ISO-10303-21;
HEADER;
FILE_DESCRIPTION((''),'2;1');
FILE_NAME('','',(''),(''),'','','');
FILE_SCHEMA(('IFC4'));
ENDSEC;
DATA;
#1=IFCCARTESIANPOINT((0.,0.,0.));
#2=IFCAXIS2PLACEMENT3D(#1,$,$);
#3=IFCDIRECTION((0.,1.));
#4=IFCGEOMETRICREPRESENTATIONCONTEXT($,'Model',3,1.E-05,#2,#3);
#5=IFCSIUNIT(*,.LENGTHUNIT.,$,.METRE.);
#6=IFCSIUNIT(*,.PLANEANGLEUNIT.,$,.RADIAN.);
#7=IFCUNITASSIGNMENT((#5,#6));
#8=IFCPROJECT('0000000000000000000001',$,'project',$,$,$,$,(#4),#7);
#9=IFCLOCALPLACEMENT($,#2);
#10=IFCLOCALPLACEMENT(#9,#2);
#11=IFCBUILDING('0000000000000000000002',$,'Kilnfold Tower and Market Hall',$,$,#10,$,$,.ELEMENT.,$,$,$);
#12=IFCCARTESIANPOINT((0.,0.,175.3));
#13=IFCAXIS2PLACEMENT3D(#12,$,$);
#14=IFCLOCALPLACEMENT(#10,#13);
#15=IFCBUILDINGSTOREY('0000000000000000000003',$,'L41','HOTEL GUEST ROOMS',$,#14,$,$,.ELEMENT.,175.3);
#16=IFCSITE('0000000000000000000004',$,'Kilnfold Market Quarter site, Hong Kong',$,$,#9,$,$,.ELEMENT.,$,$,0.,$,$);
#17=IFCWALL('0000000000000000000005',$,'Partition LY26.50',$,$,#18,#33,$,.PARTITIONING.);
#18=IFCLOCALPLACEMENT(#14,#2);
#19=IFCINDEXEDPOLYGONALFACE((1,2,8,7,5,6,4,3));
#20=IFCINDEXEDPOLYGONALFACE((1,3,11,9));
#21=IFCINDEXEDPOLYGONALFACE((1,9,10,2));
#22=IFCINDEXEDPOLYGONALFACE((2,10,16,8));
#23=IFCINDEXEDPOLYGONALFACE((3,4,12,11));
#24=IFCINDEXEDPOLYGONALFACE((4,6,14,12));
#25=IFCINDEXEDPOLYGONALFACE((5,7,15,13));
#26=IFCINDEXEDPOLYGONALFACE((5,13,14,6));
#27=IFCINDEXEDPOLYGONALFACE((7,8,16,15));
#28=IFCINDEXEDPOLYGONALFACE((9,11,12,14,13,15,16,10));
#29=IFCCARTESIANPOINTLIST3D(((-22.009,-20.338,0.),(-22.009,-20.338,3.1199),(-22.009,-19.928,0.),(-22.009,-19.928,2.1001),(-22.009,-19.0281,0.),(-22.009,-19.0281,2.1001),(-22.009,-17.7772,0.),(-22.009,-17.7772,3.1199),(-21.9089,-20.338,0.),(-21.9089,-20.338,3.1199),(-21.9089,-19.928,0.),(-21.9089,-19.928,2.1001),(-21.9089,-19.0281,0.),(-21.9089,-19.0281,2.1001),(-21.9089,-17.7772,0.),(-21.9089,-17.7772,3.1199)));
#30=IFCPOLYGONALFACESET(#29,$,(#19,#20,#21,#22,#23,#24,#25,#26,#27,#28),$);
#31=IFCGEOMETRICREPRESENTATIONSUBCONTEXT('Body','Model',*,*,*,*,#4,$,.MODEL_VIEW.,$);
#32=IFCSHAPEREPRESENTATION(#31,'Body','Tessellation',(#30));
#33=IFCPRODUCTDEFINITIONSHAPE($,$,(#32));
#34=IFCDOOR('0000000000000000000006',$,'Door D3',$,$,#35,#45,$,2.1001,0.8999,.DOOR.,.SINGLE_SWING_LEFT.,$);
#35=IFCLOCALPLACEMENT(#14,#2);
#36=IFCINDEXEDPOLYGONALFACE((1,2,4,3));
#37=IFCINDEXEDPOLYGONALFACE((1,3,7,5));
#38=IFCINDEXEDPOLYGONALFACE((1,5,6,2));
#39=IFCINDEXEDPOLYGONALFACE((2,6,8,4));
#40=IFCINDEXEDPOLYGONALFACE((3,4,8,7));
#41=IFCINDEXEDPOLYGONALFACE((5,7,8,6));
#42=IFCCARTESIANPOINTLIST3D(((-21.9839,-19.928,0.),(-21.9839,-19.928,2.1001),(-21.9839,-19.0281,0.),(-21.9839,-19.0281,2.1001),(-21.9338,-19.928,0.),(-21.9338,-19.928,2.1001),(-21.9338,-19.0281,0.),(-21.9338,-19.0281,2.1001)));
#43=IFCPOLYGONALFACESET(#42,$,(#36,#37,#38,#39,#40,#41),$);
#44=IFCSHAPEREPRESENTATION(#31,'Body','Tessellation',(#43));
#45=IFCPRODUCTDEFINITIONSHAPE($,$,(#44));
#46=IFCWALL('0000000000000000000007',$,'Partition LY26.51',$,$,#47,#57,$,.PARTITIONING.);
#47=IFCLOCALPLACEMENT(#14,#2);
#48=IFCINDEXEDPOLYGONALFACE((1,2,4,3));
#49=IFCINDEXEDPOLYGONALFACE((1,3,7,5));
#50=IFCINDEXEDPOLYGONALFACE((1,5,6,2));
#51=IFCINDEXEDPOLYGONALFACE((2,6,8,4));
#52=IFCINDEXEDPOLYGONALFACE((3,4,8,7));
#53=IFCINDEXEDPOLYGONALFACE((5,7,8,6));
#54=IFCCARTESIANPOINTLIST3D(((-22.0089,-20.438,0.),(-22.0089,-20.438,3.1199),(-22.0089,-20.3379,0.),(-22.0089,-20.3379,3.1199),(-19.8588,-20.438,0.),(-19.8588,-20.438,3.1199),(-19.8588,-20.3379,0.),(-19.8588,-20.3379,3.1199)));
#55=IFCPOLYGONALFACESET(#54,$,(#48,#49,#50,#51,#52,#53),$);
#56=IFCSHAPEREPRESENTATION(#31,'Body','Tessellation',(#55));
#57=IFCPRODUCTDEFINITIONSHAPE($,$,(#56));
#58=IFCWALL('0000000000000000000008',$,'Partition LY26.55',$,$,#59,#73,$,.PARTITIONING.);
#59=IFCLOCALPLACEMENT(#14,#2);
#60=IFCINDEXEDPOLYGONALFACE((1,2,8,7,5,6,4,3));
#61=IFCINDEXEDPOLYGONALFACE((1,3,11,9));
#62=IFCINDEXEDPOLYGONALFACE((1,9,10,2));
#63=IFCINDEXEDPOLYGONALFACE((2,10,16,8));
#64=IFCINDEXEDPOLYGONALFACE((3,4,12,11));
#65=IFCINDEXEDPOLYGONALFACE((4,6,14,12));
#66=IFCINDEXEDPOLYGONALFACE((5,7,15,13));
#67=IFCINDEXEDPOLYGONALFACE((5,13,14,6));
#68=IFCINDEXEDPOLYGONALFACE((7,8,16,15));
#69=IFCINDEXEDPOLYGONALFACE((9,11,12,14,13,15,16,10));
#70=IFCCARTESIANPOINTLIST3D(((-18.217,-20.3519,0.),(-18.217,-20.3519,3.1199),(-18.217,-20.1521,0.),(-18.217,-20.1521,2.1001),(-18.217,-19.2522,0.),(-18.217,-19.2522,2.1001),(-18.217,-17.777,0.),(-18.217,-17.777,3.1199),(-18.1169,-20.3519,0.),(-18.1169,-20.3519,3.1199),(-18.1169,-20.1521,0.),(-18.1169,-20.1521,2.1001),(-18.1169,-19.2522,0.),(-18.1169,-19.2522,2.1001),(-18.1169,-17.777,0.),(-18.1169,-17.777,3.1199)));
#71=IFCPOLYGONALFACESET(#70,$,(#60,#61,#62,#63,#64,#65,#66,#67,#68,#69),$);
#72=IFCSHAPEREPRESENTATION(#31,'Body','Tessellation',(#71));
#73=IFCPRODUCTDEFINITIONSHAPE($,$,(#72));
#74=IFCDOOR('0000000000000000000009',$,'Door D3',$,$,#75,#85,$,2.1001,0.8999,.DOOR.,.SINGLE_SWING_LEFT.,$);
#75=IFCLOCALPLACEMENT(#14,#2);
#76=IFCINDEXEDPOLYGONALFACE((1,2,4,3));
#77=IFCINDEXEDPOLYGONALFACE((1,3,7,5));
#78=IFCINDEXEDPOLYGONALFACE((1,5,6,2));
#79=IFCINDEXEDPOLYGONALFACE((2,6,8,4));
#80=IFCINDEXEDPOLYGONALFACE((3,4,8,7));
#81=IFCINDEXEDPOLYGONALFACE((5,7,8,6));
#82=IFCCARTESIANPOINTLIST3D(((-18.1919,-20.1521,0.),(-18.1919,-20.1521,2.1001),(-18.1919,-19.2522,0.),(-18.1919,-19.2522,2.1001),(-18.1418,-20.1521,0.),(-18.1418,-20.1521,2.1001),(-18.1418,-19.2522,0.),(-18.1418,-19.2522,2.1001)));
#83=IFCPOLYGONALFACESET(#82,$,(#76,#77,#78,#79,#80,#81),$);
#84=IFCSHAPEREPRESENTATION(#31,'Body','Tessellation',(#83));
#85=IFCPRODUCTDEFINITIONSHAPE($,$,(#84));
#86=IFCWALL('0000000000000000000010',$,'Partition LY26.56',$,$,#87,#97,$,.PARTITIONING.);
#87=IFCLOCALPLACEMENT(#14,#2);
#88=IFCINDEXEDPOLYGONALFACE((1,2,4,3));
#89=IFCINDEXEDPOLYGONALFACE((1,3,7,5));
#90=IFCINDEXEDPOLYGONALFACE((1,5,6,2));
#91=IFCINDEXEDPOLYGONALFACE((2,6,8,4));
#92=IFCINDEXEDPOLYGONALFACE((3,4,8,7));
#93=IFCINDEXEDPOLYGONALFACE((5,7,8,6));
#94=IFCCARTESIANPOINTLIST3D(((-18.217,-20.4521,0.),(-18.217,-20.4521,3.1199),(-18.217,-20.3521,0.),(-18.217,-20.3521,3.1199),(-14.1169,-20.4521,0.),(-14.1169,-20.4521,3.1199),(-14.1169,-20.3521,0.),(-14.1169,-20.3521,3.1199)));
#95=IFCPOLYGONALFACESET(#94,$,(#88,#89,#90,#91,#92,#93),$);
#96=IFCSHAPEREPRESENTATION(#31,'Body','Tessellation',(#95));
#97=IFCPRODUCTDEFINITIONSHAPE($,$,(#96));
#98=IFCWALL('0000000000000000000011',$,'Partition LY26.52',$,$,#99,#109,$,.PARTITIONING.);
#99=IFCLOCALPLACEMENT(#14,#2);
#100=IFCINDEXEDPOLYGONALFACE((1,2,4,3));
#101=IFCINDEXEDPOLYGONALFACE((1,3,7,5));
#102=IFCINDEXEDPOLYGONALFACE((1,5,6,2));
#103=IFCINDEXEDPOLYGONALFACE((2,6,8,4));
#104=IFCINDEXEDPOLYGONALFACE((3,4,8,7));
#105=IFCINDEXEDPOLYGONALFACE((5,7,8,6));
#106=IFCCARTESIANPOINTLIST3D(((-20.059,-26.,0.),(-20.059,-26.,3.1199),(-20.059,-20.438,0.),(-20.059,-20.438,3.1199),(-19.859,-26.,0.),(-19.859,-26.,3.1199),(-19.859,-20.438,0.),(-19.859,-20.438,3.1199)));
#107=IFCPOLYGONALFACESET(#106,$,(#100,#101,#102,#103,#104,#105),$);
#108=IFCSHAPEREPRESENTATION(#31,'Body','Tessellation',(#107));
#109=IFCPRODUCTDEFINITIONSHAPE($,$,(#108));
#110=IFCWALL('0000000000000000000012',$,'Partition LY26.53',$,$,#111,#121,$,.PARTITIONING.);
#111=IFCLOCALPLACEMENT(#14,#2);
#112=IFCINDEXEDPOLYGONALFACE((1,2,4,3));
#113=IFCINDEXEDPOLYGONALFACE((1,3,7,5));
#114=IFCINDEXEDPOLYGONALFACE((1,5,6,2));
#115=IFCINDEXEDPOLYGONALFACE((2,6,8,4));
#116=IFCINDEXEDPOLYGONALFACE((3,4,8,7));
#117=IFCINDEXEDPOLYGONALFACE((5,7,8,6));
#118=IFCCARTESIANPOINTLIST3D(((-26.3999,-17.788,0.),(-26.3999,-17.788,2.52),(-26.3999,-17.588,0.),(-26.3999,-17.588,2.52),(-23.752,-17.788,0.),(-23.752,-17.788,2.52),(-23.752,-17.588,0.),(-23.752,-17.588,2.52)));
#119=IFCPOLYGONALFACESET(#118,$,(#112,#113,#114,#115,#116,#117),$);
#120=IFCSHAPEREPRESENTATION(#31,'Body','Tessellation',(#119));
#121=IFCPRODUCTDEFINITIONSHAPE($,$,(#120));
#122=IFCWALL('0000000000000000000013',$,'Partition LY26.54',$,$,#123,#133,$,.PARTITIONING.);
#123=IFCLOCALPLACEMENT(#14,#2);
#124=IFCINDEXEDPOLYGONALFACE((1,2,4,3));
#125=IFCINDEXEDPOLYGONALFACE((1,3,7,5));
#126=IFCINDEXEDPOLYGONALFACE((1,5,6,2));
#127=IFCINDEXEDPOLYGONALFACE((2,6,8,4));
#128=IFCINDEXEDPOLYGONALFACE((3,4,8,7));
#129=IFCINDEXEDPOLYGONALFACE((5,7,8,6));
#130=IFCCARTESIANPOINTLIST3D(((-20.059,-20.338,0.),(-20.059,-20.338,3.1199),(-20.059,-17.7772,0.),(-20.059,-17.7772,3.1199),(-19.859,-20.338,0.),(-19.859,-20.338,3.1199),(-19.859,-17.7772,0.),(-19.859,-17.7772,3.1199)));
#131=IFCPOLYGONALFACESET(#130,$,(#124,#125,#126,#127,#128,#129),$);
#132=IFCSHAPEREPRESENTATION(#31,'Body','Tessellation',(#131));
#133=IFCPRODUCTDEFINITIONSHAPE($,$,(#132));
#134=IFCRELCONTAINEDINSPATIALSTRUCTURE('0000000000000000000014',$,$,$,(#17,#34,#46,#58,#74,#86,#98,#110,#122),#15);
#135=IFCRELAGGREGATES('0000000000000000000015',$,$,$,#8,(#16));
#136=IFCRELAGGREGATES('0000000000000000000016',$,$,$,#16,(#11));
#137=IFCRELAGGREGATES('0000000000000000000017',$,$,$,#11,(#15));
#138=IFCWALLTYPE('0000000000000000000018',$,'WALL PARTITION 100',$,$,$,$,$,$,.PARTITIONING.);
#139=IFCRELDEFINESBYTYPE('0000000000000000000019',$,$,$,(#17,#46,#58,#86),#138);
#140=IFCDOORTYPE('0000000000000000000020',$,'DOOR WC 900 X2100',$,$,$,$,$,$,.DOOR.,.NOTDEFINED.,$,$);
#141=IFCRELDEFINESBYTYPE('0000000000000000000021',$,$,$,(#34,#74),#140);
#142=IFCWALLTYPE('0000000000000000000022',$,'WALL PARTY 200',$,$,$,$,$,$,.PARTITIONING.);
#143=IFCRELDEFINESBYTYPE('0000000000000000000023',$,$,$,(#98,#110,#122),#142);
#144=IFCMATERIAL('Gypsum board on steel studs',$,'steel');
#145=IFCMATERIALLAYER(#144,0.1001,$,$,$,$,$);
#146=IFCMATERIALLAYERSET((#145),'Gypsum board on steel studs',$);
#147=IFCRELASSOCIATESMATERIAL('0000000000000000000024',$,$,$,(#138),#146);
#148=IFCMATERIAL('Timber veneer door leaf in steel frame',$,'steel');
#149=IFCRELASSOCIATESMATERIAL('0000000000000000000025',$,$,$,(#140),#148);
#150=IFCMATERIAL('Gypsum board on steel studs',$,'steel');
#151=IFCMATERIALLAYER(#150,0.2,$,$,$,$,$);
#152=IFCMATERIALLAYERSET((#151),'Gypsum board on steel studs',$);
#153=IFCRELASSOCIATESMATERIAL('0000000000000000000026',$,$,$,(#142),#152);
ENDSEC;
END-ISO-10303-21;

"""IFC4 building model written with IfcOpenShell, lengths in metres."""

from ifc_helpers import new_model, si_unit, direction, frame, frame_2d, origin, place, context, subcontext, project, spatial, rectangle, extrude, material, layer, layer_set, type_object, element, fill, save


model = new_model("IFC4")

# Units and contexts
model_context = context("Model", 3, precision=1e-05, world=origin(), true_north=direction((0.0, 1.0)))
body_context = subcontext(model_context, "Body", "Model", "MODEL_VIEW")
ifc_project = project(units=[si_unit("LENGTHUNIT", "METRE"), si_unit("PLANEANGLEUNIT", "RADIAN")], contexts=[model_context])

# Site, building, storey
site_placement = place(None, origin())
site = spatial("IfcSite", under=ifc_project, at=site_placement, Name="Kilnfold Market Quarter site, Hong Kong", CompositionType="ELEMENT", RefElevation=0.0)
building_placement = place(site_placement, origin())
building = spatial("IfcBuilding", under=site, at=building_placement, Name="Kilnfold Tower and Market Hall", CompositionType="ELEMENT")
storey_placement = place(building_placement, frame((0.0, 0.0, 175.3)))
storey = spatial("IfcBuildingStorey", under=building, at=storey_placement, Name="L41", Description="HOTEL GUEST ROOMS", CompositionType="ELEMENT", Elevation=175.3)

# Wall, opening, door
ifc_material_1 = material(Name="Gypsum board on steel studs", Category="steel")
ifc_layer_1 = layer(ifc_material_1, 0.1001)
ifc_layer_set_1 = layer_set([ifc_layer_1], Name="Gypsum board on steel studs")
wall_type_1 = type_object("IfcWallType", Name="WALL PARTITION 100", PredefinedType="PARTITIONING", material=ifc_layer_set_1)
wall_1_placement = place(storey_placement, frame((-21.959, -20.3379, 0.0), z_axis=(0.0, 0.0, 1.0), x_axis=(0.0, 1.0, 0.0)))
wall_1 = element("IfcWall", 1, at=wall_1_placement, inside=storey, type_object=wall_type_1, Name="Partition LY26.50", PredefinedType="PARTITIONING", context=body_context, shape_type="SweptSolid", body=[
    extrude(rectangle(XDim=2.5608, YDim=0.1001, at=frame_2d((1.2803, 0.0))), origin(), (0.0, 0.0, 1.0), 3.1199),
])
opening_1_placement = place(wall_1_placement, frame((0.4099, 0.0, 0.0)))
opening_1 = element("IfcOpeningElement", 2, at=opening_1_placement, cuts=wall_1, PredefinedType="OPENING", context=body_context, shape_type="SweptSolid", body=[
    extrude(rectangle(XDim=0.8999, YDim=2.1001, at=frame_2d((0.45, 1.05))), frame((0.0, 0.0601, 0.0), z_axis=(0.0, -1.0, 0.0), x_axis=(1.0, 0.0, 0.0)), (0.0, 0.0, 1.0), 0.1201),
])
ifc_material_2 = material(Name="Timber veneer door leaf in steel frame", Category="steel")
door_type_1 = type_object("IfcDoorType", Name="DOOR WC 900 X2100", OperationType="NOTDEFINED", PredefinedType="DOOR", material=ifc_material_2)
door_1_placement = place(opening_1_placement, origin())
door_1 = element("IfcDoor", 3, at=door_1_placement, inside=storey, type_object=door_type_1, Name="Door D3", OperationType="SINGLE_SWING_LEFT", OverallHeight=2.1001, OverallWidth=0.8999, PredefinedType="DOOR", context=body_context, shape_type="SweptSolid", body=[
    extrude(rectangle(XDim=0.8999, YDim=2.1001, at=frame_2d((0.45, 1.05))), frame((0.0, 0.0249, 0.0), z_axis=(0.0, -1.0, 0.0), x_axis=(1.0, 0.0, 0.0)), (0.0, 0.0, 1.0), 0.05),
])
fill(opening_1, door_1)

# Wall
wall_2_placement = place(storey_placement, frame((-22.009, -20.3879, 0.0), z_axis=(0.0, 0.0, 1.0), x_axis=(1.0, 0.0, 0.0)))
element("IfcWall", 4, at=wall_2_placement, inside=storey, type_object=wall_type_1, Name="Partition LY26.51", PredefinedType="PARTITIONING", context=body_context, shape_type="SweptSolid", body=[
    extrude(rectangle(XDim=2.1501, YDim=0.1001, at=frame_2d((1.0752, 0.0))), origin(), (0.0, 0.0, 1.0), 3.1199),
])

# Wall, opening, door
wall_3_placement = place(storey_placement, frame((-18.167, -20.3521, 0.0), z_axis=(0.0, 0.0, 1.0), x_axis=(0.0, 1.0, 0.0)))
wall_3 = element("IfcWall", 5, at=wall_3_placement, inside=storey, type_object=wall_type_1, Name="Partition LY26.55", PredefinedType="PARTITIONING", context=body_context, shape_type="SweptSolid", body=[
    extrude(rectangle(XDim=2.575, YDim=0.1001, at=frame_2d((1.2876, 0.0))), origin(), (0.0, 0.0, 1.0), 3.1199),
])
opening_2_placement = place(wall_3_placement, frame((0.2, 0.0, 0.0)))
opening_2 = element("IfcOpeningElement", 6, at=opening_2_placement, cuts=wall_3, PredefinedType="OPENING", context=body_context, shape_type="SweptSolid", body=[
    extrude(rectangle(XDim=0.8999, YDim=2.1001, at=frame_2d((0.45, 1.05))), frame((0.0, 0.0601, 0.0), z_axis=(0.0, -1.0, 0.0), x_axis=(1.0, 0.0, 0.0)), (0.0, 0.0, 1.0), 0.1201),
])
door_2_placement = place(opening_2_placement, origin())
door_2 = element("IfcDoor", 7, at=door_2_placement, inside=storey, type_object=door_type_1, Name="Door D3", OperationType="SINGLE_SWING_LEFT", OverallHeight=2.1001, OverallWidth=0.8999, PredefinedType="DOOR", context=body_context, shape_type="SweptSolid", body=[
    extrude(rectangle(XDim=0.8999, YDim=2.1001, at=frame_2d((0.45, 1.05))), frame((0.0, 0.0249, 0.0), z_axis=(0.0, -1.0, 0.0), x_axis=(1.0, 0.0, 0.0)), (0.0, 0.0, 1.0), 0.05),
])
fill(opening_2, door_2)

# Walls
wall_4_placement = place(storey_placement, frame((-18.217, -20.4021, 0.0), z_axis=(0.0, 0.0, 1.0), x_axis=(1.0, 0.0, 0.0)))
element("IfcWall", 8, at=wall_4_placement, inside=storey, type_object=wall_type_1, Name="Partition LY26.56", PredefinedType="PARTITIONING", context=body_context, shape_type="SweptSolid", body=[
    extrude(rectangle(XDim=4.1001, YDim=0.1001, at=frame_2d((2.05, 0.0))), origin(), (0.0, 0.0, 1.0), 3.1199),
])
ifc_material_3 = material(Name="Gypsum board on steel studs", Category="steel")
ifc_layer_2 = layer(ifc_material_3, 0.2)
ifc_layer_set_2 = layer_set([ifc_layer_2], Name="Gypsum board on steel studs")
wall_type_2 = type_object("IfcWallType", Name="WALL PARTY 200", PredefinedType="PARTITIONING", material=ifc_layer_set_2)
wall_5_placement = place(storey_placement, frame((-19.959, -26.0, 0.0), z_axis=(0.0, 0.0, 1.0), x_axis=(0.0, 1.0, 0.0)))
element("IfcWall", 9, at=wall_5_placement, inside=storey, type_object=wall_type_2, Name="Partition LY26.52", PredefinedType="PARTITIONING", context=body_context, shape_type="SweptSolid", body=[
    extrude(rectangle(XDim=5.562, YDim=0.2, at=frame_2d((2.781, 0.0))), origin(), (0.0, 0.0, 1.0), 3.1199),
])
wall_6_placement = place(storey_placement, frame((-26.3999, -17.688, 0.0), z_axis=(0.0, 0.0, 1.0), x_axis=(1.0, 0.0, 0.0)))
element("IfcWall", 10, at=wall_6_placement, inside=storey, type_object=wall_type_2, Name="Partition LY26.53", PredefinedType="PARTITIONING", context=body_context, shape_type="SweptSolid", body=[
    extrude(rectangle(XDim=2.6479, YDim=0.2, at=frame_2d((1.324, 0.0))), origin(), (0.0, 0.0, 1.0), 2.52),
])
wall_7_placement = place(storey_placement, frame((-19.959, -20.3379, 0.0), z_axis=(0.0, 0.0, 1.0), x_axis=(0.0, 1.0, 0.0)))
element("IfcWall", 11, at=wall_7_placement, inside=storey, type_object=wall_type_2, Name="Partition LY26.54", PredefinedType="PARTITIONING", context=body_context, shape_type="SweptSolid", body=[
    extrude(rectangle(XDim=2.5608, YDim=0.2, at=frame_2d((1.2803, 0.0))), origin(), (0.0, 0.0, 1.0), 3.1199),
])

save(model, "model.ifc")
